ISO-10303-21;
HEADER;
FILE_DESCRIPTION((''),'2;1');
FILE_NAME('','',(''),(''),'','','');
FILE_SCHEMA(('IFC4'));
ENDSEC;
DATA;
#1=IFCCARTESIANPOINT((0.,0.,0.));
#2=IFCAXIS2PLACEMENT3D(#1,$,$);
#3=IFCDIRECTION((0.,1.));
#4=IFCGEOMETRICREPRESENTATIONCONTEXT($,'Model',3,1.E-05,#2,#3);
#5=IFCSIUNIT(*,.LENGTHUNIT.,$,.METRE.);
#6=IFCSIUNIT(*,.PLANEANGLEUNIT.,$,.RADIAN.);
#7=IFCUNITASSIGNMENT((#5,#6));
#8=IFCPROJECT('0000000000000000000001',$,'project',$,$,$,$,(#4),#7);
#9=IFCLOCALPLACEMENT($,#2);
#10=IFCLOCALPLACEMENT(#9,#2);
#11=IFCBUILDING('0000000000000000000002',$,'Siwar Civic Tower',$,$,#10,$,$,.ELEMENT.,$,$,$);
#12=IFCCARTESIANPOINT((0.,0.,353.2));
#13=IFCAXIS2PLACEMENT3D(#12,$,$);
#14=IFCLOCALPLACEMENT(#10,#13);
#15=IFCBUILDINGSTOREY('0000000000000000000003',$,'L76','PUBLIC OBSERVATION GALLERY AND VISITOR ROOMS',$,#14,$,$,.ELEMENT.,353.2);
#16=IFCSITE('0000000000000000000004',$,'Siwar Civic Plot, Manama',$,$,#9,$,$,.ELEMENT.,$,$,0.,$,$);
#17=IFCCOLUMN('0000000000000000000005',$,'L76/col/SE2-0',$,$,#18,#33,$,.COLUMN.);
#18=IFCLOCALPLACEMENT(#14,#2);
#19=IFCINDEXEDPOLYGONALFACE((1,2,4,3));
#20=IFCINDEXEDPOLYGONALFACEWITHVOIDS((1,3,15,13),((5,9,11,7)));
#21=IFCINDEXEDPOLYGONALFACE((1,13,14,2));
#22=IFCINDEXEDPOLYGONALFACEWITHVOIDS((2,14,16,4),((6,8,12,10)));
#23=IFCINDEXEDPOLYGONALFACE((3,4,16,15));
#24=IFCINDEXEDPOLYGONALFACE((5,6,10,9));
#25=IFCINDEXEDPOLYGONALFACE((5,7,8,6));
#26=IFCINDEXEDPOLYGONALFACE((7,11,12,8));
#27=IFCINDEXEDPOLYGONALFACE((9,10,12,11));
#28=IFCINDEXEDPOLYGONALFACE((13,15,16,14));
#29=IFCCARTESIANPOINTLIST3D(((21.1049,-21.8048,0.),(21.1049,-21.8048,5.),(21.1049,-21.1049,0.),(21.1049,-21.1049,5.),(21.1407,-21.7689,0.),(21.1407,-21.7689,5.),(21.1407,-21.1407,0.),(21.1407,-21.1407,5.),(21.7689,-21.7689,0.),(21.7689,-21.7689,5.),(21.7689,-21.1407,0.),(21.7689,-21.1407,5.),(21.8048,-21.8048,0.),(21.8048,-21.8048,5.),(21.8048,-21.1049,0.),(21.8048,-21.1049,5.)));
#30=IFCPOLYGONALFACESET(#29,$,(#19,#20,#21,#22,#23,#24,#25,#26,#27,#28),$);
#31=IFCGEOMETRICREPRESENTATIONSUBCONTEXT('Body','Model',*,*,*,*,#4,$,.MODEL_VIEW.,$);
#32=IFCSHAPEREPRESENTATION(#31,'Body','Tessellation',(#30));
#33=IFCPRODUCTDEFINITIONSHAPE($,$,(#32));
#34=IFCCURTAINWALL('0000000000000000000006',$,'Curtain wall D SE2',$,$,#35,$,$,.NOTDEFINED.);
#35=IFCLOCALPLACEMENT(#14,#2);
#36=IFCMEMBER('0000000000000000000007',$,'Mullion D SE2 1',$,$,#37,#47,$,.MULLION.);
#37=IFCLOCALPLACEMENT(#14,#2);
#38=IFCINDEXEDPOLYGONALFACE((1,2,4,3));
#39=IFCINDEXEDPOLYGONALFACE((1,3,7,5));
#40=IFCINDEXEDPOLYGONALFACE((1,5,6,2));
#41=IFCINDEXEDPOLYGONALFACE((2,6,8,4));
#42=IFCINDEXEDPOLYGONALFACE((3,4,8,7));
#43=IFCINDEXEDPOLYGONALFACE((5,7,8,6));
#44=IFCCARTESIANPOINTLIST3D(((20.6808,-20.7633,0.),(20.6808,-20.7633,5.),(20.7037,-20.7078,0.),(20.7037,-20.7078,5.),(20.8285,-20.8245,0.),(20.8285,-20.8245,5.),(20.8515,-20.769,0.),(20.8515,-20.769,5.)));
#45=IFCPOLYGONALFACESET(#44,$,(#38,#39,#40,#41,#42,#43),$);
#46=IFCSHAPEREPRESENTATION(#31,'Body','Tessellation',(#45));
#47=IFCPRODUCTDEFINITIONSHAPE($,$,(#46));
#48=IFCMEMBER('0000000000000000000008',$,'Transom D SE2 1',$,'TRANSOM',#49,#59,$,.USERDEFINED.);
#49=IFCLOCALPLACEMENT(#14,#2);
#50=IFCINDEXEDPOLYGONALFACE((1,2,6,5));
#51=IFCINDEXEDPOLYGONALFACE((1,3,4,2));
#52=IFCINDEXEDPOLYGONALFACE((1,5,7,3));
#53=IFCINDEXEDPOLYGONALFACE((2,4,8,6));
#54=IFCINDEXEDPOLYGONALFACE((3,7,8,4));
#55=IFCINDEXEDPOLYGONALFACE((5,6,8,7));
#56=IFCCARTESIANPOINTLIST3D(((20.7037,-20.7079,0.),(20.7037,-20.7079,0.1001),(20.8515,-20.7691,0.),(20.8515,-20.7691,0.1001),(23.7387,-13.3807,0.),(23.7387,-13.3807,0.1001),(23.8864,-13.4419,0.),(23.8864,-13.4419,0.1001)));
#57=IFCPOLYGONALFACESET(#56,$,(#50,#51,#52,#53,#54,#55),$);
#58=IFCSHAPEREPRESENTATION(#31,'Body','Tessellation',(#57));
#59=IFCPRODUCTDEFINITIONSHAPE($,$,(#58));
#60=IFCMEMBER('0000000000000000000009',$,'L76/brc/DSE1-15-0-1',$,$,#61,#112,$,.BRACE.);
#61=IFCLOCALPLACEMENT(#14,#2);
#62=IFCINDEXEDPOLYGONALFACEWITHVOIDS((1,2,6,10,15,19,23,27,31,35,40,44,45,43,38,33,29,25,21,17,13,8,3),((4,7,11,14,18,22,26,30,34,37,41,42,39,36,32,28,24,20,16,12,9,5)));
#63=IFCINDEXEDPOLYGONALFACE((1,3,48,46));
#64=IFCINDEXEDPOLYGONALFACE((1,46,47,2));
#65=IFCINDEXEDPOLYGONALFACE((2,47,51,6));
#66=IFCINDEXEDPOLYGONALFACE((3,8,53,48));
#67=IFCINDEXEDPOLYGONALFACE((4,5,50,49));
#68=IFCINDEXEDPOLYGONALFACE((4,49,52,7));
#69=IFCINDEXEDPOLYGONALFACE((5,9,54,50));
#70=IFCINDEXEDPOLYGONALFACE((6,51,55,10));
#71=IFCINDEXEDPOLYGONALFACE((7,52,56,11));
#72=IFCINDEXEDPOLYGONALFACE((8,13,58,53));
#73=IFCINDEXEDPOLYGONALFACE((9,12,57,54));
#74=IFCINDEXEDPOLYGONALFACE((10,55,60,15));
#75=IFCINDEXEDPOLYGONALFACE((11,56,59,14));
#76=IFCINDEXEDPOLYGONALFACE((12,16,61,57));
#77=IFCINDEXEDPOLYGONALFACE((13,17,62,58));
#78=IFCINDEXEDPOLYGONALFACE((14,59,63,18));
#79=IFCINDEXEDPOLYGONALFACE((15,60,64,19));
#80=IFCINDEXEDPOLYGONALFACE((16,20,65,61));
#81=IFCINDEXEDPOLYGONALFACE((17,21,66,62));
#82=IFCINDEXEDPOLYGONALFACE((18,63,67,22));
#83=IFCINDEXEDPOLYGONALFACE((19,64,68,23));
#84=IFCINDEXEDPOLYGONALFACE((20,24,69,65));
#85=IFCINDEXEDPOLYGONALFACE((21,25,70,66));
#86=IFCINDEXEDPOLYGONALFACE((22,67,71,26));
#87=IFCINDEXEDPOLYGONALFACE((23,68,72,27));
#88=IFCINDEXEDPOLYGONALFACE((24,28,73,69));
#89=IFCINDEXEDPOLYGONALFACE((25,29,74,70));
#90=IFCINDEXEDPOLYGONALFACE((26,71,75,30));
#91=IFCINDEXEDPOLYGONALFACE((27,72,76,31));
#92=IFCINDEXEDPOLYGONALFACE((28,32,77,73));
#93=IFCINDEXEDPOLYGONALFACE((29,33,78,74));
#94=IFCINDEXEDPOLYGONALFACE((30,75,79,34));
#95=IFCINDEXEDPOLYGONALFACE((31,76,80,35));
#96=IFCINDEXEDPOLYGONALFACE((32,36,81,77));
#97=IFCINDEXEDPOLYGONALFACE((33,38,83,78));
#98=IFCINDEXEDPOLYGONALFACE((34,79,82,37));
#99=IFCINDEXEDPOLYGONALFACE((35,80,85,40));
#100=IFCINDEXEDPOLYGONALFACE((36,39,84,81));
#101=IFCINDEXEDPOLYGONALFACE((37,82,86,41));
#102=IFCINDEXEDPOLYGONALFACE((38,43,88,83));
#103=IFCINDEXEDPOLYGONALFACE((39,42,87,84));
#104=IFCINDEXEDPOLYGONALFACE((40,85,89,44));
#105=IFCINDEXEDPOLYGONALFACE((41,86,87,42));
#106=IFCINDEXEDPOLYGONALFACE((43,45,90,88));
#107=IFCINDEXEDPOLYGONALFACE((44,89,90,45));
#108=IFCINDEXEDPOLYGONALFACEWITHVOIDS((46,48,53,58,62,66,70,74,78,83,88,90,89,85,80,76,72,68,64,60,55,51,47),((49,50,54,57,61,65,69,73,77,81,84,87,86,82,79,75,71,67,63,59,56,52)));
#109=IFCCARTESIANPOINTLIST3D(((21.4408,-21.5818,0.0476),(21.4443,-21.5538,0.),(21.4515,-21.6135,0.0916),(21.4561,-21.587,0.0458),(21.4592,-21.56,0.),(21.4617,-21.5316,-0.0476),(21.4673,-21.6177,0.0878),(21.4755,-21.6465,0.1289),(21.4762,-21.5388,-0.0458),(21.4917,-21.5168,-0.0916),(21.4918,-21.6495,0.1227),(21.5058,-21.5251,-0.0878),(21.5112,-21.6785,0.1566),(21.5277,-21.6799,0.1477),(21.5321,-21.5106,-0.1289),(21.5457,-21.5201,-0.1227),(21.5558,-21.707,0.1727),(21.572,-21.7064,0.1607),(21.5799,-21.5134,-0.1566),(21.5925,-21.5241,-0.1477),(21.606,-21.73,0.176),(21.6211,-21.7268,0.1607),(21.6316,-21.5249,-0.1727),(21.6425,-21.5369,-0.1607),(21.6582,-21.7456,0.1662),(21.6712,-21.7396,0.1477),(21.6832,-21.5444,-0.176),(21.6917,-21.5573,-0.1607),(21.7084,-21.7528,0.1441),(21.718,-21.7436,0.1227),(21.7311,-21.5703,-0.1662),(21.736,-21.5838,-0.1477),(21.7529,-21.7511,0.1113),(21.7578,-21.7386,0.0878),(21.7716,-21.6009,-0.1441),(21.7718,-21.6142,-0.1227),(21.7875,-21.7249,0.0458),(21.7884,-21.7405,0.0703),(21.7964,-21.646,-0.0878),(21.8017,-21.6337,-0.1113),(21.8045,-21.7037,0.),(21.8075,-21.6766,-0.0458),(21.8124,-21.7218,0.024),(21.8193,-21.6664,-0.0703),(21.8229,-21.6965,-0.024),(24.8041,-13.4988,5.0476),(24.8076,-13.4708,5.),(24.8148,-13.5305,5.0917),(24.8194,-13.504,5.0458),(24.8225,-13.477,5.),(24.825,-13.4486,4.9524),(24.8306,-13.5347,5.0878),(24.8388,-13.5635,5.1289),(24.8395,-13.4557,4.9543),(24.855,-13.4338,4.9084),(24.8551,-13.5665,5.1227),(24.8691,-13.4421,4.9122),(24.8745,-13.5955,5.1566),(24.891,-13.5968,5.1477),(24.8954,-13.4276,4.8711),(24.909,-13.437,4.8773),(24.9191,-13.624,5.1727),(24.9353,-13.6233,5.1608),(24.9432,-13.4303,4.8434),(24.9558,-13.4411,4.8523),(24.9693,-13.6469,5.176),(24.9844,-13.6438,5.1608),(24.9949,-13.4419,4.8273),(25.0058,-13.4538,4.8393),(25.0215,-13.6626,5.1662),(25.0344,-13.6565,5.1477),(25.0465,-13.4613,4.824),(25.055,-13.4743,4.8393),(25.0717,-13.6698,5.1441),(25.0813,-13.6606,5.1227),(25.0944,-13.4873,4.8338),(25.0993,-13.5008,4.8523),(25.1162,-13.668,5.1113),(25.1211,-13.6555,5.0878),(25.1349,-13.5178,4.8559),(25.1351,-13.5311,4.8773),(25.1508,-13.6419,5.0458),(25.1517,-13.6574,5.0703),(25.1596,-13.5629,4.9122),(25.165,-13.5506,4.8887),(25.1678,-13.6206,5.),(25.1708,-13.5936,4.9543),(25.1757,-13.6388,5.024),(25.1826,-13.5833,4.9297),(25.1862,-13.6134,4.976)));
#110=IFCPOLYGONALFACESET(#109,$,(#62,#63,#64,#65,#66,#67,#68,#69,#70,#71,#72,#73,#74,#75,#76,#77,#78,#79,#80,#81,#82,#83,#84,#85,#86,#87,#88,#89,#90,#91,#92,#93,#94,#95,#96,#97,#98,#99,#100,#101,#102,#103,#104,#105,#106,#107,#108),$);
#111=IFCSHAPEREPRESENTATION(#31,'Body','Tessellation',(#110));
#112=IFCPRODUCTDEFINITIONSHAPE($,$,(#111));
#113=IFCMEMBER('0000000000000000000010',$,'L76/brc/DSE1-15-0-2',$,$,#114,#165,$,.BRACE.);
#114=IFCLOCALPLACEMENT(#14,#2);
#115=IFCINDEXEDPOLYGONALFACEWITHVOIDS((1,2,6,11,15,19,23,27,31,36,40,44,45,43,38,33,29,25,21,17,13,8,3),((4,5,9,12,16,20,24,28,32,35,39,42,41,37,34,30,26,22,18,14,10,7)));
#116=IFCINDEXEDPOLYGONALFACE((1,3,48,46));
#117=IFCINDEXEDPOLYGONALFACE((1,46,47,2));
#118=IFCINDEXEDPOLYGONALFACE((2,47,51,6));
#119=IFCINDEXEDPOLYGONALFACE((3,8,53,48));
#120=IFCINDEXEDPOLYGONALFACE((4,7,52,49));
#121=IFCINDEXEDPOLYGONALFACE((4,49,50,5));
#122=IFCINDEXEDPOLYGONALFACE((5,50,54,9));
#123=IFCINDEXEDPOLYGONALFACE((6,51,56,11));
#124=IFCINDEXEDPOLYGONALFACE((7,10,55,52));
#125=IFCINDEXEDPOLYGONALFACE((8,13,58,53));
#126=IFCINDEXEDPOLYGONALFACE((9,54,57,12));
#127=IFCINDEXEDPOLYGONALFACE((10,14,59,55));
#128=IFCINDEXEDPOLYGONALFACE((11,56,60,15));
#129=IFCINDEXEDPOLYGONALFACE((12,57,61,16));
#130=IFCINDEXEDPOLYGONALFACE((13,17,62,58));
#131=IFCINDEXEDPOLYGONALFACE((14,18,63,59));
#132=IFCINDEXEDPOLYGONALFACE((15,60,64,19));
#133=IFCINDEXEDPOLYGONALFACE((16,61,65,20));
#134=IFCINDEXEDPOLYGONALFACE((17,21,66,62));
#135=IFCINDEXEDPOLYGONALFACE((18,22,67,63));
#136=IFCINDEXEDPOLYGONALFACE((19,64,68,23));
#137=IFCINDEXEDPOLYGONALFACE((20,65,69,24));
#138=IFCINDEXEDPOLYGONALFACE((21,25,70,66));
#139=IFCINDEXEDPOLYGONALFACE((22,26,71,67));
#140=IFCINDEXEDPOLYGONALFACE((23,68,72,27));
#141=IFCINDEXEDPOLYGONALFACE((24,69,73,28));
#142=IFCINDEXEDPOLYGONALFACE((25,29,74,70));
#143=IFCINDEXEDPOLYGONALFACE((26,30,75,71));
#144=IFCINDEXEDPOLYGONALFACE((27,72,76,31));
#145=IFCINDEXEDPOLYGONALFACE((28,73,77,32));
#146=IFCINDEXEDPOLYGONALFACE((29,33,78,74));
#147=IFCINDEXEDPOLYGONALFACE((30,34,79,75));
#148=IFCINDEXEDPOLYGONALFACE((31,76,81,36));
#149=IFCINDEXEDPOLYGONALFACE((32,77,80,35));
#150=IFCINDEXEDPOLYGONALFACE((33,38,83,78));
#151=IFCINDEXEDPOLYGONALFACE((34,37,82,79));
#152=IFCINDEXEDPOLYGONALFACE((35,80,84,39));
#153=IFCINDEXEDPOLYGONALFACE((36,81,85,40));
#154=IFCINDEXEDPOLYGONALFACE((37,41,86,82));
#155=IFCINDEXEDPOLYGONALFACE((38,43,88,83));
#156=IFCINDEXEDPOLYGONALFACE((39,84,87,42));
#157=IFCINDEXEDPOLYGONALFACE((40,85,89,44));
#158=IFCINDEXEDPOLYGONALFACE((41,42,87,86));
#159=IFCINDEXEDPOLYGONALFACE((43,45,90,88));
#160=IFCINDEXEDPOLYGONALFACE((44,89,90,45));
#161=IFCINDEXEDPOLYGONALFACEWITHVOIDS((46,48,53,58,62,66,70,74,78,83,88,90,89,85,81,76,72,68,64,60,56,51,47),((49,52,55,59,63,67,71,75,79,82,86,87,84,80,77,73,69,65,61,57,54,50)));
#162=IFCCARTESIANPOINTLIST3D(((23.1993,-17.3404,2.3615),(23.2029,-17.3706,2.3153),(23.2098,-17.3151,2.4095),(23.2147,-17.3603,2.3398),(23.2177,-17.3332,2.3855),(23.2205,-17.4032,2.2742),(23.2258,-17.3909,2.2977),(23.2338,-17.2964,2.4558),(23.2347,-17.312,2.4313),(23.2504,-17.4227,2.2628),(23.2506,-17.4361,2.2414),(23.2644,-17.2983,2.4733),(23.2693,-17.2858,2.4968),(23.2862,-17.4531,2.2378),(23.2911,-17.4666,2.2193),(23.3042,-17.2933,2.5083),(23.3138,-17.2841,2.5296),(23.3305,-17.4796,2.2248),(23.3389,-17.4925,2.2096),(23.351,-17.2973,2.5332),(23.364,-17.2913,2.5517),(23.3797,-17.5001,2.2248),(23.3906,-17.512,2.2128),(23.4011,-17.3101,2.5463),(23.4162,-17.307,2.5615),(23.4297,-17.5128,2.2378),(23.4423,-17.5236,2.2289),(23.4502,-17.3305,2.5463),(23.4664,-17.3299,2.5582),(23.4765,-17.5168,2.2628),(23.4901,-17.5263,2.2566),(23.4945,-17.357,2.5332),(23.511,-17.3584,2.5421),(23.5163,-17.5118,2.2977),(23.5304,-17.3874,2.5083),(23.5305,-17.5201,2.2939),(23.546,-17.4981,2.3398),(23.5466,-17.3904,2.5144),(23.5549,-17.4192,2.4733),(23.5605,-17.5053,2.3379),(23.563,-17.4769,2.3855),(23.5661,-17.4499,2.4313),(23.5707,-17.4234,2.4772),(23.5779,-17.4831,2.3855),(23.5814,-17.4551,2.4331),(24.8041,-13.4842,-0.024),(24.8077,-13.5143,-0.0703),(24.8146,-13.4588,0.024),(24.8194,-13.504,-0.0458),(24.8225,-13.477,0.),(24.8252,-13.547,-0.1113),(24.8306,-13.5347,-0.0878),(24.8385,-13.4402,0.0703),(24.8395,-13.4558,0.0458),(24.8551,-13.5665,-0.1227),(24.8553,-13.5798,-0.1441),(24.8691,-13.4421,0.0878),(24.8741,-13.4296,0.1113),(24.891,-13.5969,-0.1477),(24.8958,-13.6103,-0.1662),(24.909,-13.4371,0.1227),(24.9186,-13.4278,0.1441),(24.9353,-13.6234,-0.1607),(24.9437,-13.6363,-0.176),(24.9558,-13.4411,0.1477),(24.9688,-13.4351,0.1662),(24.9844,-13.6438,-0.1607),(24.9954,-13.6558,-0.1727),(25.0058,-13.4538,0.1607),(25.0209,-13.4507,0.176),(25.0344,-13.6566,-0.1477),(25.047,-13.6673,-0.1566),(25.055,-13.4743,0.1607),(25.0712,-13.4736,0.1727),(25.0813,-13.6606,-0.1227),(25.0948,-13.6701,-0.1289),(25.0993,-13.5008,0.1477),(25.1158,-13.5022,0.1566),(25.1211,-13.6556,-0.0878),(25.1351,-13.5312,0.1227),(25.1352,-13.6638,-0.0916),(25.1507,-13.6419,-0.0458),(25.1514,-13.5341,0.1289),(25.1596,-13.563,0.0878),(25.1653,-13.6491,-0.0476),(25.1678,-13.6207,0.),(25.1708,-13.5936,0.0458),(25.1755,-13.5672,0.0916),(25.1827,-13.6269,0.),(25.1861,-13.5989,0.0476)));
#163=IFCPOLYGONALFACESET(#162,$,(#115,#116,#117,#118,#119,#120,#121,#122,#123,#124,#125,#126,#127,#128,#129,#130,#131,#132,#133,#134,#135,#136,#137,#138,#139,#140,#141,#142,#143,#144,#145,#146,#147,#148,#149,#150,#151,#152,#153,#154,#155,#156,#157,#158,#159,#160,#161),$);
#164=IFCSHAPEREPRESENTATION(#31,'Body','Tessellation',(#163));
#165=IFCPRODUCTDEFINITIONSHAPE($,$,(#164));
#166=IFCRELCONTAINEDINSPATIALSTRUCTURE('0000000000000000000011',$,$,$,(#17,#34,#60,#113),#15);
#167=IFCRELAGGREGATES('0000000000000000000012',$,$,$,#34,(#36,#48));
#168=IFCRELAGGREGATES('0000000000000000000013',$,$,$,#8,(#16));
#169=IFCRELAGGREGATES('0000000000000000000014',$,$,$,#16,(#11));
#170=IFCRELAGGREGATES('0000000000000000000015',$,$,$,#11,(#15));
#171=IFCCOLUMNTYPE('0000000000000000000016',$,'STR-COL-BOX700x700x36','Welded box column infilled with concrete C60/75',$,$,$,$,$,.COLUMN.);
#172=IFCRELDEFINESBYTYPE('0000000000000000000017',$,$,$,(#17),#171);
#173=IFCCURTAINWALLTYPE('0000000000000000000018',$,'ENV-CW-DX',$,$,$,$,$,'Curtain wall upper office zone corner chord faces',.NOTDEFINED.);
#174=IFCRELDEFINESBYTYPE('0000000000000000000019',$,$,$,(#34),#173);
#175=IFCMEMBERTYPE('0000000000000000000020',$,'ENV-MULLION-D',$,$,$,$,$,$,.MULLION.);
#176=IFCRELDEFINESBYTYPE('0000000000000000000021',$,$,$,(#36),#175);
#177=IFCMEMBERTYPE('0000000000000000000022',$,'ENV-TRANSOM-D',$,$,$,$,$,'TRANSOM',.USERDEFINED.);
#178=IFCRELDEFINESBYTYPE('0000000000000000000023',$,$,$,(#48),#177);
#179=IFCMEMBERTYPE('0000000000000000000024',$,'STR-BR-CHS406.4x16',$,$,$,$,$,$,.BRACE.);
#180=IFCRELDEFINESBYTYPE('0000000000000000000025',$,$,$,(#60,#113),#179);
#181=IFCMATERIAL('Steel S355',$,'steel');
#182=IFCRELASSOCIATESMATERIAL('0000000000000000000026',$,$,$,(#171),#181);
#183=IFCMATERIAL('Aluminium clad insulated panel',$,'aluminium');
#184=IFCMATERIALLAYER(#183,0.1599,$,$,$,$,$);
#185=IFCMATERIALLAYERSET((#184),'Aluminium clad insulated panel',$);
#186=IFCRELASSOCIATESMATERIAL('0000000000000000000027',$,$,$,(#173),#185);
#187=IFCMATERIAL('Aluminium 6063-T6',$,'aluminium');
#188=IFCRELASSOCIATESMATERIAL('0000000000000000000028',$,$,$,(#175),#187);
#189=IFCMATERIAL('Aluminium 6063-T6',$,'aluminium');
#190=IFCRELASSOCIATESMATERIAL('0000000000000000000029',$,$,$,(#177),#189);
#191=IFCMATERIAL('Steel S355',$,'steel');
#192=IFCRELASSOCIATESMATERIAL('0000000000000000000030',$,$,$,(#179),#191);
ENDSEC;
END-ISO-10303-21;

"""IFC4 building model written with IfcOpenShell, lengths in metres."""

from ifc_helpers import new_model, si_unit, direction, frame, origin, origin_2d, place, context, subcontext, project, spatial, rectangle, hollow_rectangle, hollow_circle, extrude, material, layer, layer_set, material_profile, profile_set, type_object, element, aggregate, save


model = new_model("IFC4")

# Units and contexts
model_context = context("Model", 3, precision=1e-05, world=origin(), true_north=direction((0.0, 1.0)))
body_context = subcontext(model_context, "Body", "Model", "MODEL_VIEW")
ifc_project = project(units=[si_unit("LENGTHUNIT", "METRE"), si_unit("PLANEANGLEUNIT", "RADIAN")], contexts=[model_context])

# Site, building, storey
site_placement = place(None, origin())
site = spatial("IfcSite", under=ifc_project, at=site_placement, Name="Siwar Civic Plot, Manama", CompositionType="ELEMENT", RefElevation=0.0)
building_placement = place(site_placement, origin())
building = spatial("IfcBuilding", under=site, at=building_placement, Name="Siwar Civic Tower", CompositionType="ELEMENT")
storey_placement = place(building_placement, frame((0.0, 0.0, 353.2)))
storey = spatial("IfcBuildingStorey", under=building, at=storey_placement, Name="L76", Description="PUBLIC OBSERVATION GALLERY AND VISITOR ROOMS", CompositionType="ELEMENT", Elevation=353.2)

# Column
ifc_material_1 = material(Name="Steel S355", Category="steel")
ifc_material_profile_1 = material_profile(ifc_material_1, hollow_rectangle(XDim=0.7, YDim=0.7, WallThickness=0.0359, at=origin_2d()), Name="BOX700x700x36")
ifc_profile_set_1 = profile_set([ifc_material_profile_1], Name="Steel S355")
column_type = type_object("IfcColumnType", Name="STR-COL-BOX700x700x36", Description="Welded box column infilled with concrete C60/75", PredefinedType="COLUMN", material=ifc_profile_set_1)
column_placement = place(storey_placement, frame((21.4548, -21.4548, 0.0), z_axis=(0.0, 0.0, 1.0), x_axis=(1.0, 0.0, 0.0)))
element("IfcColumn", 1, at=column_placement, inside=storey, type_object=column_type, Name="L76/col/SE2-0", PredefinedType="COLUMN", context=body_context, shape_type="SweptSolid", body=[
    extrude(hollow_rectangle(XDim=0.7, YDim=0.7, WallThickness=0.0359, at=origin_2d()), origin(), (0.0, 0.0, 1.0), 5.0),
])

# Curtain wall, members
ifc_material_2 = material(Name="Aluminium clad insulated panel", Category="aluminium")
ifc_layer_1 = layer(ifc_material_2, 0.1599)
ifc_layer_set_1 = layer_set([ifc_layer_1], Name="Aluminium clad insulated panel")
curtain_wall_type = type_object("IfcCurtainWallType", Name="ENV-CW-DX", ElementType="Curtain wall upper office zone corner chord faces", PredefinedType="NOTDEFINED", material=ifc_layer_set_1)
curtain_wall_1_placement = place(storey_placement, origin())
curtain_wall_1 = element("IfcCurtainWall", 2, at=curtain_wall_1_placement, inside=storey, type_object=curtain_wall_type, Name="Curtain wall D SE2", PredefinedType="NOTDEFINED")
ifc_material_3 = material(Name="Aluminium 6063-T6", Category="aluminium")
ifc_material_profile_2 = material_profile(ifc_material_3, rectangle(XDim=0.1599, YDim=0.0601, at=origin_2d()), Name="AL 160x60")
ifc_profile_set_2 = profile_set([ifc_material_profile_2], Name="Aluminium 6063-T6")
member_type_1 = type_object("IfcMemberType", Name="ENV-MULLION-D", PredefinedType="MULLION", material=ifc_profile_set_2)
member_1_placement = place(storey_placement, frame((20.7661, -20.7661, 0.0), z_axis=(0.0, 0.0, 1.0), x_axis=(-0.92388, 0.382683, 0.0)))
member_1 = element("IfcMember", 3, at=member_1_placement, type_object=member_type_1, Name="Mullion D SE2 1", PredefinedType="MULLION", context=body_context, shape_type="SweptSolid", body=[
    extrude(rectangle(XDim=0.1599, YDim=0.0601, at=origin_2d()), origin(), (0.0, 0.0, 1.0), 5.0),
])
ifc_material_4 = material(Name="Aluminium 6063-T6", Category="aluminium")
ifc_material_profile_3 = material_profile(ifc_material_4, rectangle(XDim=0.1599, YDim=0.1001, at=origin_2d()), Name="AL 160x100")
ifc_profile_set_3 = profile_set([ifc_material_profile_3], Name="Aluminium 6063-T6")
member_type_2 = type_object("IfcMemberType", Name="ENV-TRANSOM-D", ElementType="TRANSOM", PredefinedType="USERDEFINED", material=ifc_profile_set_3)
member_2_placement = place(storey_placement, frame((20.7776, -20.7385, 0.05), z_axis=(0.382674, 0.923884, 0.0), x_axis=(-0.923884, 0.382674, 0.0)))
member_2 = element("IfcMember", 4, at=member_2_placement, type_object=member_type_2, Name="Transom D SE2 1", ObjectType="TRANSOM", PredefinedType="USERDEFINED", context=body_context, shape_type="SweptSolid", body=[
    extrude(rectangle(XDim=0.1599, YDim=0.1001, at=origin_2d()), origin(), (0.0, 0.0, 1.0), 7.9309),
])

# Members
ifc_material_5 = material(Name="Steel S355", Category="steel")
ifc_material_profile_4 = material_profile(ifc_material_5, hollow_circle(Radius=0.2031, WallThickness=0.0161, at=origin_2d()), Name="CHS406.4x16")
ifc_profile_set_4 = profile_set([ifc_material_profile_4], Name="Steel S355")
member_type_3 = type_object("IfcMemberType", Name="STR-BR-CHS406.4x16", PredefinedType="BRACE", material=ifc_profile_set_4)
member_3_placement = place(storey_placement, frame((21.6318, -21.6318, 0.0), z_axis=(0.333593, 0.801727, 0.495933), x_axis=(-0.923265, 0.384164, 0.0)))
element("IfcMember", 5, at=member_3_placement, inside=storey, type_object=member_type_3, Name="L76/brc/DSE1-15-0-1", PredefinedType="BRACE", context=body_context, shape_type="SweptSolid", body=[
    extrude(hollow_circle(Radius=0.2031, WallThickness=0.0161, at=origin_2d()), origin(), (0.0, 0.0, 1.0), 10.082),
])
for number, where, z_axis, x_axis, name in (
    (6, (24.9951, -13.5488, 0.0), (-0.333625, -0.801706, 0.495946), (0.923248, -0.384204, 0.0), "L76/brc/DSE1-15-0-2"),
):
    element("IfcMember", number, at=place(storey_placement, frame(where, z_axis=z_axis, x_axis=x_axis)), inside=storey, type_object=member_type_3, Name=name, PredefinedType="BRACE", context=body_context, shape_type="SweptSolid", body=[
        extrude(hollow_circle(Radius=0.2031, WallThickness=0.0161, at=origin_2d()), origin(), (0.0, 0.0, 1.0), 4.8101),
    ])

aggregate(curtain_wall_1, [member_1, member_2])

save(model, "model.ifc")
